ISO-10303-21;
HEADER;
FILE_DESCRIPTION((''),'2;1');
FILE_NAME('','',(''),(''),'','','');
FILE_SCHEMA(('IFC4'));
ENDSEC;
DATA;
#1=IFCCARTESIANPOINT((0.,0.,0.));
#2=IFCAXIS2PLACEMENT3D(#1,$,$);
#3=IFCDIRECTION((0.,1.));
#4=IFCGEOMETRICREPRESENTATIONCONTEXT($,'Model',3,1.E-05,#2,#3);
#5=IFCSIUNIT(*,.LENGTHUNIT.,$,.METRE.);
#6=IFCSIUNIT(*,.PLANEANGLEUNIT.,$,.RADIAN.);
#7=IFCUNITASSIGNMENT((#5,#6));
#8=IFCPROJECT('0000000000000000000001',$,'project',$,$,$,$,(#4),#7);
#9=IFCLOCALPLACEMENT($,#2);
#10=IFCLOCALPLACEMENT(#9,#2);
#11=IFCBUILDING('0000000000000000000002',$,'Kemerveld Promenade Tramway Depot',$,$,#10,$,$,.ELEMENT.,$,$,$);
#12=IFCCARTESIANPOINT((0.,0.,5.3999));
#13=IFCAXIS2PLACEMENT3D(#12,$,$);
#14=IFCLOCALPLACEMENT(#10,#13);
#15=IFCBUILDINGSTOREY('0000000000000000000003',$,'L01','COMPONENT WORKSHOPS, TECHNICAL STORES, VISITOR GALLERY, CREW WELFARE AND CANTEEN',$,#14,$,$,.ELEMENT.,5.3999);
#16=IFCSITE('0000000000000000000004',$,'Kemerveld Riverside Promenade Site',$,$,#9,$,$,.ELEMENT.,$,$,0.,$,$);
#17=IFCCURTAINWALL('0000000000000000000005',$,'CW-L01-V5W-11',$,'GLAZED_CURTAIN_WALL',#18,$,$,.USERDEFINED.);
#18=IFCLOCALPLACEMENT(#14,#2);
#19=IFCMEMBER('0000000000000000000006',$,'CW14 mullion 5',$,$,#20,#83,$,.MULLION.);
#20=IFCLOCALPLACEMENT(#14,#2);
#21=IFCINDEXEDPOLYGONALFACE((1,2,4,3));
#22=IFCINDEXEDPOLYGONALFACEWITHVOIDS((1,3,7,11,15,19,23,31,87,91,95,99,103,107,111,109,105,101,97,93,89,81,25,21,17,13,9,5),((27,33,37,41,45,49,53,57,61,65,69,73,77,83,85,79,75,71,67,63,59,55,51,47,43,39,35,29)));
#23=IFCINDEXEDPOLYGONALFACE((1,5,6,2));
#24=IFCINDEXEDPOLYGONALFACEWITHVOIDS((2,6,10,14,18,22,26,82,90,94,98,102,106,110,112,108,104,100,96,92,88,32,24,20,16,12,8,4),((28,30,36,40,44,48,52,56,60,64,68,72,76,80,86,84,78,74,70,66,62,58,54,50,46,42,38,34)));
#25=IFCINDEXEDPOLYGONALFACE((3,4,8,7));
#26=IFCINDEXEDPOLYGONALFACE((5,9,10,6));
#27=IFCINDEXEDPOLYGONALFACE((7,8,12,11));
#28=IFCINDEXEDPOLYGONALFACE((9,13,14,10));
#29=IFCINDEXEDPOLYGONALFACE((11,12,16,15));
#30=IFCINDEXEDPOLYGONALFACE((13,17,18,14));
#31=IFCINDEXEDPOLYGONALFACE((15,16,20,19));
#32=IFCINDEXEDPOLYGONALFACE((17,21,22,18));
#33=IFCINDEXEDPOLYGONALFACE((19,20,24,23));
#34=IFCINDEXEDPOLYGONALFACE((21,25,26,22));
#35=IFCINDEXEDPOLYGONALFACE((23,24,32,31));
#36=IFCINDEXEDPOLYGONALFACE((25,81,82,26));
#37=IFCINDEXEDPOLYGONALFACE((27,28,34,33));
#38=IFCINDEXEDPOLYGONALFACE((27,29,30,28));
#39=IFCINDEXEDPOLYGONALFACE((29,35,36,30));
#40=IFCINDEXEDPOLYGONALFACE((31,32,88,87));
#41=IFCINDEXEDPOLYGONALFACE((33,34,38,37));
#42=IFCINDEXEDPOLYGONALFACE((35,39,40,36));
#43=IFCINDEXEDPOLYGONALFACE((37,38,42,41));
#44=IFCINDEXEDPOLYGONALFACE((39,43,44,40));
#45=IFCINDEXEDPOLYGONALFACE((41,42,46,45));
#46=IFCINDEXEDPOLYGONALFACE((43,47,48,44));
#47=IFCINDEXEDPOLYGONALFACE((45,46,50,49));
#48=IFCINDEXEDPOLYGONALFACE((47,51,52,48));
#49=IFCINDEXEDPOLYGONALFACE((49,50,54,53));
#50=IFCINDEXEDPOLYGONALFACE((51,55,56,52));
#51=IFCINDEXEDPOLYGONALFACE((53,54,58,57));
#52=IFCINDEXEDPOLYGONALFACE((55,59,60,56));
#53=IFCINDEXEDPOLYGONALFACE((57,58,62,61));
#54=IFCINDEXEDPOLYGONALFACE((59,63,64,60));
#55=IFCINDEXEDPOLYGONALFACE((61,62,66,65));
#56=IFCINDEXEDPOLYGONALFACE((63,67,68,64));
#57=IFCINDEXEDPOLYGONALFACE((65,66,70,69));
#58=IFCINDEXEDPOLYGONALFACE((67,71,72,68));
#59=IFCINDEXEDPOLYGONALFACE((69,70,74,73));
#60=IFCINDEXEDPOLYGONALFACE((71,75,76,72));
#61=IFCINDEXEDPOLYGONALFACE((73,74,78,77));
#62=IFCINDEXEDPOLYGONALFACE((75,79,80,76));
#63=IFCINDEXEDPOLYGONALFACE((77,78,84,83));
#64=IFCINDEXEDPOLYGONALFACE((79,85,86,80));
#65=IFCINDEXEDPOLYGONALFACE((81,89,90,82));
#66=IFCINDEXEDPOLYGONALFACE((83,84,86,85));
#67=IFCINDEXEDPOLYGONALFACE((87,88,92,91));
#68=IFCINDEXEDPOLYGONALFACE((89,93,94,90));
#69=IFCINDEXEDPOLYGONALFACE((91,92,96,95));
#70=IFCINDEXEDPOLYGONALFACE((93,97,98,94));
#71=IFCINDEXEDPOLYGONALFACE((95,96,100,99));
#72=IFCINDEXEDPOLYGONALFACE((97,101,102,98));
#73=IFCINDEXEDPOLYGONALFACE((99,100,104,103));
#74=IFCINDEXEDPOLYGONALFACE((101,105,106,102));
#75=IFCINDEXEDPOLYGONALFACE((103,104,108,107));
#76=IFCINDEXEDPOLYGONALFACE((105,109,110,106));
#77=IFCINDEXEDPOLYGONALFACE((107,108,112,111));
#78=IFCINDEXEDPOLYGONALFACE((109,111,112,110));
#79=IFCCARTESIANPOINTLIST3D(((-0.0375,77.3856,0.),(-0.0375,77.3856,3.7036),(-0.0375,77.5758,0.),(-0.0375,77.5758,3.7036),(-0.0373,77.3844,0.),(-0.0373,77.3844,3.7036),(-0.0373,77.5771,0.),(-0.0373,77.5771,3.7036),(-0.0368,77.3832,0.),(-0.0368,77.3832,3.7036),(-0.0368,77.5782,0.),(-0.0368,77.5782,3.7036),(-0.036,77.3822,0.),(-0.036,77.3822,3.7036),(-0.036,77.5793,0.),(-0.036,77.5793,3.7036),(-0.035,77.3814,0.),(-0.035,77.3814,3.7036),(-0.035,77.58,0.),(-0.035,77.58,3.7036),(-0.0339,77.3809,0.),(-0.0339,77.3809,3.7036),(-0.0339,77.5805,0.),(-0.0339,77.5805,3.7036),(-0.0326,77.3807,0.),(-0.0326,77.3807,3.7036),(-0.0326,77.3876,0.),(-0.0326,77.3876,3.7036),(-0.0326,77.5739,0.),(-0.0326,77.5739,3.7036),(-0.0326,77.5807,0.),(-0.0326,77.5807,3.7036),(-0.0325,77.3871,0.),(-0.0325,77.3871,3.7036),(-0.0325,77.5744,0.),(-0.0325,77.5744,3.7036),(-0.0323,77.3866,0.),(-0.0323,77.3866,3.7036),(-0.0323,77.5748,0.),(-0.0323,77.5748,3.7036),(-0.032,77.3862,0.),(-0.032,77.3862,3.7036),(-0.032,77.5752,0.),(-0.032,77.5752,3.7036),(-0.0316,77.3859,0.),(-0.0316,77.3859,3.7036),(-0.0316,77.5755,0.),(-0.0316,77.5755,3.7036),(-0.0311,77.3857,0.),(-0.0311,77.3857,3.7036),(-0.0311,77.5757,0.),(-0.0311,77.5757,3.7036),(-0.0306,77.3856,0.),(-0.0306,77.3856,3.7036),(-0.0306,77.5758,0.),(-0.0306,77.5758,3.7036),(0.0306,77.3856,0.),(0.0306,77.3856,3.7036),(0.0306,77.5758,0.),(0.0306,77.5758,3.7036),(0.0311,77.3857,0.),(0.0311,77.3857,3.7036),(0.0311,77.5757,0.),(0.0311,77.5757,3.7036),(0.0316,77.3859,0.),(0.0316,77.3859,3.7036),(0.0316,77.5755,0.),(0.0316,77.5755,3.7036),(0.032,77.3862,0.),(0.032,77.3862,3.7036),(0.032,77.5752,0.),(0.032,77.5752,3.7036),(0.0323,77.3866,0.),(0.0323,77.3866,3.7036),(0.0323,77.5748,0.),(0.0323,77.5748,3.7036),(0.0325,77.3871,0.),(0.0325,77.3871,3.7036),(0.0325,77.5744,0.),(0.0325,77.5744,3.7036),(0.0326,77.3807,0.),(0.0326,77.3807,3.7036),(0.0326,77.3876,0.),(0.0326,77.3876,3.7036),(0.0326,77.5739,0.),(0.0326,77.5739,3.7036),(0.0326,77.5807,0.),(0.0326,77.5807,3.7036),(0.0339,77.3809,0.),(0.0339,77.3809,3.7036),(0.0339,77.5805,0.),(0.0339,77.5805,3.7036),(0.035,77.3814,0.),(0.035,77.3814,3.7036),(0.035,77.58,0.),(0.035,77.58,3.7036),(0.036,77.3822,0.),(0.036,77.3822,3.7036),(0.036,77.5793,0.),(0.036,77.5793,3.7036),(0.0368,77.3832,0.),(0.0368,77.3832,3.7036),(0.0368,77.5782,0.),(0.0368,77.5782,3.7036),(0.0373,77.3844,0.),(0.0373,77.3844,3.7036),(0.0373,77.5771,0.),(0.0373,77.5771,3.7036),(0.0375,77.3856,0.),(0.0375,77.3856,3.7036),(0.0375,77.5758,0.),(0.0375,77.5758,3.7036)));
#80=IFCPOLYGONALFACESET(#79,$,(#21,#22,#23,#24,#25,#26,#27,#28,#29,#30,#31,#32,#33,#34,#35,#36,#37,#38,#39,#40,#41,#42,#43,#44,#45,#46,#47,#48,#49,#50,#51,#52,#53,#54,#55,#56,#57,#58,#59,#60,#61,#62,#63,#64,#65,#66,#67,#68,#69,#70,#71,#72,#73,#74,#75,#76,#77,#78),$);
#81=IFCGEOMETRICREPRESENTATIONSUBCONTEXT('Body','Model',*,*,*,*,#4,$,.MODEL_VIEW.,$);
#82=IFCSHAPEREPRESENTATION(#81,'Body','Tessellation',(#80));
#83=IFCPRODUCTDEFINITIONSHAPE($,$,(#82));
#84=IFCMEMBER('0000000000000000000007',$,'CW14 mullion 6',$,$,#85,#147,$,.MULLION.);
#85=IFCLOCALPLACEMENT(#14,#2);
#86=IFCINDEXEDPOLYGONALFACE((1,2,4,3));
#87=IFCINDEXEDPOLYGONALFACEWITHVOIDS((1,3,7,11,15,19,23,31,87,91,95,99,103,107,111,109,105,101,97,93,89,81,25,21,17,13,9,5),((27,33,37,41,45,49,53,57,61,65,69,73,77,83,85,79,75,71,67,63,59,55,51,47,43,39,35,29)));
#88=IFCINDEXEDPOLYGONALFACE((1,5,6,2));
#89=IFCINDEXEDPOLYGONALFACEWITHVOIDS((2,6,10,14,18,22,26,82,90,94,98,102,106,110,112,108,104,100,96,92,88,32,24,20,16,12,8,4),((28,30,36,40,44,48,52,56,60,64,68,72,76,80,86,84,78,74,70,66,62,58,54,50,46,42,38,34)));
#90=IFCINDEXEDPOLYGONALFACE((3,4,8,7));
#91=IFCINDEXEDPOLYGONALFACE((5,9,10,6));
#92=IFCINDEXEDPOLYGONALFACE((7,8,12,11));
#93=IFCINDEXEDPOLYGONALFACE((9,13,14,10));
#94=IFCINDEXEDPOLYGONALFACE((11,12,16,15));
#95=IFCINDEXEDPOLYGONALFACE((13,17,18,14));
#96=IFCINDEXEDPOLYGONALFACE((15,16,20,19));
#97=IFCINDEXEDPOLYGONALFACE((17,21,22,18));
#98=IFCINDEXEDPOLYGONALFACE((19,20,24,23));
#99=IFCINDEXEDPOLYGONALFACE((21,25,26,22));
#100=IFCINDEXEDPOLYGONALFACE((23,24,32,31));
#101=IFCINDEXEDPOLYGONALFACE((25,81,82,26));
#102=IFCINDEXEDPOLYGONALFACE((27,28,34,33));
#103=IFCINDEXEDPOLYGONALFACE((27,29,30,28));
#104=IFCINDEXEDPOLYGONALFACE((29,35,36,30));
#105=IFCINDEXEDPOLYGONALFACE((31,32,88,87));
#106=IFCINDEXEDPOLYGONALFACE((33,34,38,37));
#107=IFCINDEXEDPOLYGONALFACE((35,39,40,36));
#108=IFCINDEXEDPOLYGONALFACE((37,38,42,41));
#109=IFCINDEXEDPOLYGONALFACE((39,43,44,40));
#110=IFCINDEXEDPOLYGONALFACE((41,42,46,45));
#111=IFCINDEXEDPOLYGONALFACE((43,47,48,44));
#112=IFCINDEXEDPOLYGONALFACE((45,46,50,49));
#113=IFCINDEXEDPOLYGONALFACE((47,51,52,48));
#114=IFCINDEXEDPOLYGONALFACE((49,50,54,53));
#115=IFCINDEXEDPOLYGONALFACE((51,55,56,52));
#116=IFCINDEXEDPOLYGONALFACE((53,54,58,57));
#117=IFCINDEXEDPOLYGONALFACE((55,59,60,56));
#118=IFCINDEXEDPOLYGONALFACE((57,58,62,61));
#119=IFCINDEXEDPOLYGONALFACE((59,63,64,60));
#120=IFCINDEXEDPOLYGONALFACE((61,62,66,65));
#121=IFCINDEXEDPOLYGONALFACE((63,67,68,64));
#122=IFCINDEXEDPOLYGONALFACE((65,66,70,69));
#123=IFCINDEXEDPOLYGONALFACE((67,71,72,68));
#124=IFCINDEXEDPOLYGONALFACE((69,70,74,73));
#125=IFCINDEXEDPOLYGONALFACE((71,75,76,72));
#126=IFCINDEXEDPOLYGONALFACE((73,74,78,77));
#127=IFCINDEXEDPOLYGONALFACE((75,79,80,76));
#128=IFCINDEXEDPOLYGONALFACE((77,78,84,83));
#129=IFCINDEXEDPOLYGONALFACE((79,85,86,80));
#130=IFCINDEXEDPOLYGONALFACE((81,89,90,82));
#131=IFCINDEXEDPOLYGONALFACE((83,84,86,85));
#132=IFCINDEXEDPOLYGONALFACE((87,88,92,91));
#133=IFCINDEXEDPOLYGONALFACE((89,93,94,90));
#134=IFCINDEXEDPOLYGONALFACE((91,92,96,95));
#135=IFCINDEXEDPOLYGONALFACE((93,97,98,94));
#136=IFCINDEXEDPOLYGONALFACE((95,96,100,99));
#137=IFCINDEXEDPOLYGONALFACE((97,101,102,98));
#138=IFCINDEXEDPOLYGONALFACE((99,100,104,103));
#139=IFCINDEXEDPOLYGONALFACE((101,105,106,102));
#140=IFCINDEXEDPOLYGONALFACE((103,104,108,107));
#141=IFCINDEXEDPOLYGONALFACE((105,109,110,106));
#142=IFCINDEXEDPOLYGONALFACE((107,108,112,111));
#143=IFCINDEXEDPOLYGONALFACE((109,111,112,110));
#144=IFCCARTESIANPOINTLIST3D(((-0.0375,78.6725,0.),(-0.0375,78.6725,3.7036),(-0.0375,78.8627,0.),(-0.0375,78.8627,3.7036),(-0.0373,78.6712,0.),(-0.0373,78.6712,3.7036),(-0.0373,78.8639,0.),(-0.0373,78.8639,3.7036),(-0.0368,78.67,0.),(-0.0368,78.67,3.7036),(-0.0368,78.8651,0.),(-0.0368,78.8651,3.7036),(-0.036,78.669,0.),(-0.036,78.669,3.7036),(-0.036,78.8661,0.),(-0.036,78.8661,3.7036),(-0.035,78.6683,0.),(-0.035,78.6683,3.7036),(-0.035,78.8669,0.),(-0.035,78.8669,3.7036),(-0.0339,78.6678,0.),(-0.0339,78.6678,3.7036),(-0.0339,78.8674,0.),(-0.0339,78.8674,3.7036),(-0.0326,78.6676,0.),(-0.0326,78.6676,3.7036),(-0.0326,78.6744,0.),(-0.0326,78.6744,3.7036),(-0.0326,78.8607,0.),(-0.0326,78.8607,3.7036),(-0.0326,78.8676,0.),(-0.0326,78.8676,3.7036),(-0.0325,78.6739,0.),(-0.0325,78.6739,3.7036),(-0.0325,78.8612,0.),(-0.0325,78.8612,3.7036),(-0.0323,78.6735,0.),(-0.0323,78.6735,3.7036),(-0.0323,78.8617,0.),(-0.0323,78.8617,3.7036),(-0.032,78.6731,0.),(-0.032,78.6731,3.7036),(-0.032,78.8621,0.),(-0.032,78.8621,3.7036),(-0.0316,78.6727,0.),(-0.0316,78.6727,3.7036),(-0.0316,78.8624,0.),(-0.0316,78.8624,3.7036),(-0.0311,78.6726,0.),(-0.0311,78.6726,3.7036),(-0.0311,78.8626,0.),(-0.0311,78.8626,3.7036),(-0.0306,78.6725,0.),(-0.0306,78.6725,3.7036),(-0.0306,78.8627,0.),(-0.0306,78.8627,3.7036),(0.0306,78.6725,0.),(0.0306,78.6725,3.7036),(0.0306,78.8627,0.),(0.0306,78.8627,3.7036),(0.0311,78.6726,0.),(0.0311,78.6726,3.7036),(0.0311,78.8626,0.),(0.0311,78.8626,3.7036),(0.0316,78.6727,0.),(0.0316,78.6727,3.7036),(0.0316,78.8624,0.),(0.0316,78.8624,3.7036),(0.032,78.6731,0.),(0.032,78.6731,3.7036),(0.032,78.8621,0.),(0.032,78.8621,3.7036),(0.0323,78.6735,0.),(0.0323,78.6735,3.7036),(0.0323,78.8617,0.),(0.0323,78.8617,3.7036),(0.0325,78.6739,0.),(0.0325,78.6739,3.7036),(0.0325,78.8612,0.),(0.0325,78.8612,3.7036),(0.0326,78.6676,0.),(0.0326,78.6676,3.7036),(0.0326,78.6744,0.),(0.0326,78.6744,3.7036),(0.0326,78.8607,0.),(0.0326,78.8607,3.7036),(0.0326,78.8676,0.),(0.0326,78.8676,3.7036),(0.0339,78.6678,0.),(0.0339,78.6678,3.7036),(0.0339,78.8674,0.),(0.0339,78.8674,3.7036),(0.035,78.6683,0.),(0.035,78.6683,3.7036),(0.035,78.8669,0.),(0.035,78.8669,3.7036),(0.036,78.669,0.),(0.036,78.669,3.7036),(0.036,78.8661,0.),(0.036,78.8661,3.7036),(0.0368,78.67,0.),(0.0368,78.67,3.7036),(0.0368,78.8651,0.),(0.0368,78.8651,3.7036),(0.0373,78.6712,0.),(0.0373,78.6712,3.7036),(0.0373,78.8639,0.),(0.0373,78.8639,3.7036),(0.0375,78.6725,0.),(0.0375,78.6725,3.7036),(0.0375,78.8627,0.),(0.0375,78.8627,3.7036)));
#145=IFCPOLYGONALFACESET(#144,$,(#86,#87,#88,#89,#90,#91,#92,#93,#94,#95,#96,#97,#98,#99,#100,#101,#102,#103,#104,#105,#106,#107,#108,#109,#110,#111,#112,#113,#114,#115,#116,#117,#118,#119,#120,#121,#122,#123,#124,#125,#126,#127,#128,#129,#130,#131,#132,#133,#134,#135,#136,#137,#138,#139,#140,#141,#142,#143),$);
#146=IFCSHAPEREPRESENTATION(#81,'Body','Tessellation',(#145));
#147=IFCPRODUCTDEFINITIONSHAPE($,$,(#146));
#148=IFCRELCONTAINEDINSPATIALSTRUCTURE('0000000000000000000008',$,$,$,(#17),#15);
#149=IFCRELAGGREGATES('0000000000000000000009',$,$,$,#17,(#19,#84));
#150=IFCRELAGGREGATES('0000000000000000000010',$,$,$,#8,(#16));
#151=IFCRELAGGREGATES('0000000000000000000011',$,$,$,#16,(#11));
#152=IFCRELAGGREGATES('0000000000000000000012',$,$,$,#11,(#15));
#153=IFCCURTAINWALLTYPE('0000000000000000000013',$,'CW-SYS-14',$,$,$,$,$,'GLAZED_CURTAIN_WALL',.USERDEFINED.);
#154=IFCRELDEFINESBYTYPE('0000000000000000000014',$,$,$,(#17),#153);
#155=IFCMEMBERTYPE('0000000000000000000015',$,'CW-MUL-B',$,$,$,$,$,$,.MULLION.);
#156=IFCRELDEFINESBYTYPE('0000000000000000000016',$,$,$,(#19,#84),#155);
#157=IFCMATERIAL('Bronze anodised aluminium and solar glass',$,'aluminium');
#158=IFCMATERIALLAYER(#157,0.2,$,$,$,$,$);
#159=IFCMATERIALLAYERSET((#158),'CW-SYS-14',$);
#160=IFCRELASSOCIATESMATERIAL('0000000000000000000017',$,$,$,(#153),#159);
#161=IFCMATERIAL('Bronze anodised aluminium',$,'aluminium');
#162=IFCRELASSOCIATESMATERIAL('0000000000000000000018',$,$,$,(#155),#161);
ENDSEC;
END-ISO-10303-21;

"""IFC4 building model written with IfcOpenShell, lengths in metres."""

from ifc_helpers import new_model, si_unit, direction, frame, origin, origin_2d, place, context, subcontext, project, spatial, hollow_rectangle, extrude, material, layer, layer_set, material_profile, profile_set, type_object, element, aggregate, save


model = new_model("IFC4")

# Units and contexts
model_context = context("Model", 3, precision=1e-05, world=origin(), true_north=direction((0.0, 1.0)))
body_context = subcontext(model_context, "Body", "Model", "MODEL_VIEW")
ifc_project = project(units=[si_unit("LENGTHUNIT", "METRE"), si_unit("PLANEANGLEUNIT", "RADIAN")], contexts=[model_context])

# Site, building, storey
site_placement = place(None, origin())
site = spatial("IfcSite", under=ifc_project, at=site_placement, Name="Kemerveld Riverside Promenade Site", CompositionType="ELEMENT", RefElevation=0.0)
building_placement = place(site_placement, origin())
building = spatial("IfcBuilding", under=site, at=building_placement, Name="Kemerveld Promenade Tramway Depot", CompositionType="ELEMENT")
storey_placement = place(building_placement, frame((0.0, 0.0, 5.3999)))
storey = spatial("IfcBuildingStorey", under=building, at=storey_placement, Name="L01", Description="COMPONENT WORKSHOPS, TECHNICAL STORES, VISITOR GALLERY, CREW WELFARE AND CANTEEN", CompositionType="ELEMENT", Elevation=5.3999)

# Curtain wall, members
ifc_material_1 = material(Name="Bronze anodised aluminium and solar glass", Category="aluminium")
ifc_layer_1 = layer(ifc_material_1, 0.2)
ifc_layer_set_1 = layer_set([ifc_layer_1], Name="CW-SYS-14")
curtain_wall_type_1 = type_object("IfcCurtainWallType", Name="CW-SYS-14", ElementType="GLAZED_CURTAIN_WALL", PredefinedType="USERDEFINED", material=ifc_layer_set_1)
curtain_wall_1_placement = place(storey_placement, origin())
curtain_wall_1 = element("IfcCurtainWall", 1, at=curtain_wall_1_placement, inside=storey, type_object=curtain_wall_type_1, Name="CW-L01-V5W-11", ObjectType="GLAZED_CURTAIN_WALL", PredefinedType="USERDEFINED")
ifc_material_2 = material(Name="Bronze anodised aluminium", Category="aluminium")
ifc_material_profile_1 = material_profile(ifc_material_2, hollow_rectangle(XDim=0.075, YDim=0.2, WallThickness=0.0049, InnerFilletRadius=0.002, OuterFilletRadius=0.0049, at=origin_2d()), Name="CW-MUL-200x75")
ifc_profile_set_1 = profile_set([ifc_material_profile_1], Name="Bronze anodised aluminium")
member_type_1 = type_object("IfcMemberType", Name="CW-MUL-B", PredefinedType="MULLION", material=ifc_profile_set_1)
member_1_placement = place(storey_placement, frame((0.0, 77.4807, 0.0), z_axis=(0.0, 0.0, 1.0), x_axis=(-1.0, 0.0, 0.0)))
member_1 = element("IfcMember", 2, at=member_1_placement, type_object=member_type_1, Name="CW14 mullion 5", PredefinedType="MULLION", context=body_context, shape_type="SweptSolid", body=[
    extrude(hollow_rectangle(XDim=0.075, YDim=0.2, WallThickness=0.0049, InnerFilletRadius=0.002, OuterFilletRadius=0.0049, at=origin_2d()), origin(), (0.0, 0.0, 1.0), 3.7036),
])
member_2_placement = place(storey_placement, frame((0.0, 78.7676, 0.0), z_axis=(0.0, 0.0, 1.0), x_axis=(-1.0, 0.0, 0.0)))
member_2 = element("IfcMember", 3, at=member_2_placement, type_object=member_type_1, Name="CW14 mullion 6", PredefinedType="MULLION", context=body_context, shape_type="SweptSolid", body=[
    extrude(hollow_rectangle(XDim=0.075, YDim=0.2, WallThickness=0.0049, InnerFilletRadius=0.002, OuterFilletRadius=0.0049, at=origin_2d()), origin(), (0.0, 0.0, 1.0), 3.7036),
])

aggregate(curtain_wall_1, [member_1, member_2])

save(model, "model.ifc")
